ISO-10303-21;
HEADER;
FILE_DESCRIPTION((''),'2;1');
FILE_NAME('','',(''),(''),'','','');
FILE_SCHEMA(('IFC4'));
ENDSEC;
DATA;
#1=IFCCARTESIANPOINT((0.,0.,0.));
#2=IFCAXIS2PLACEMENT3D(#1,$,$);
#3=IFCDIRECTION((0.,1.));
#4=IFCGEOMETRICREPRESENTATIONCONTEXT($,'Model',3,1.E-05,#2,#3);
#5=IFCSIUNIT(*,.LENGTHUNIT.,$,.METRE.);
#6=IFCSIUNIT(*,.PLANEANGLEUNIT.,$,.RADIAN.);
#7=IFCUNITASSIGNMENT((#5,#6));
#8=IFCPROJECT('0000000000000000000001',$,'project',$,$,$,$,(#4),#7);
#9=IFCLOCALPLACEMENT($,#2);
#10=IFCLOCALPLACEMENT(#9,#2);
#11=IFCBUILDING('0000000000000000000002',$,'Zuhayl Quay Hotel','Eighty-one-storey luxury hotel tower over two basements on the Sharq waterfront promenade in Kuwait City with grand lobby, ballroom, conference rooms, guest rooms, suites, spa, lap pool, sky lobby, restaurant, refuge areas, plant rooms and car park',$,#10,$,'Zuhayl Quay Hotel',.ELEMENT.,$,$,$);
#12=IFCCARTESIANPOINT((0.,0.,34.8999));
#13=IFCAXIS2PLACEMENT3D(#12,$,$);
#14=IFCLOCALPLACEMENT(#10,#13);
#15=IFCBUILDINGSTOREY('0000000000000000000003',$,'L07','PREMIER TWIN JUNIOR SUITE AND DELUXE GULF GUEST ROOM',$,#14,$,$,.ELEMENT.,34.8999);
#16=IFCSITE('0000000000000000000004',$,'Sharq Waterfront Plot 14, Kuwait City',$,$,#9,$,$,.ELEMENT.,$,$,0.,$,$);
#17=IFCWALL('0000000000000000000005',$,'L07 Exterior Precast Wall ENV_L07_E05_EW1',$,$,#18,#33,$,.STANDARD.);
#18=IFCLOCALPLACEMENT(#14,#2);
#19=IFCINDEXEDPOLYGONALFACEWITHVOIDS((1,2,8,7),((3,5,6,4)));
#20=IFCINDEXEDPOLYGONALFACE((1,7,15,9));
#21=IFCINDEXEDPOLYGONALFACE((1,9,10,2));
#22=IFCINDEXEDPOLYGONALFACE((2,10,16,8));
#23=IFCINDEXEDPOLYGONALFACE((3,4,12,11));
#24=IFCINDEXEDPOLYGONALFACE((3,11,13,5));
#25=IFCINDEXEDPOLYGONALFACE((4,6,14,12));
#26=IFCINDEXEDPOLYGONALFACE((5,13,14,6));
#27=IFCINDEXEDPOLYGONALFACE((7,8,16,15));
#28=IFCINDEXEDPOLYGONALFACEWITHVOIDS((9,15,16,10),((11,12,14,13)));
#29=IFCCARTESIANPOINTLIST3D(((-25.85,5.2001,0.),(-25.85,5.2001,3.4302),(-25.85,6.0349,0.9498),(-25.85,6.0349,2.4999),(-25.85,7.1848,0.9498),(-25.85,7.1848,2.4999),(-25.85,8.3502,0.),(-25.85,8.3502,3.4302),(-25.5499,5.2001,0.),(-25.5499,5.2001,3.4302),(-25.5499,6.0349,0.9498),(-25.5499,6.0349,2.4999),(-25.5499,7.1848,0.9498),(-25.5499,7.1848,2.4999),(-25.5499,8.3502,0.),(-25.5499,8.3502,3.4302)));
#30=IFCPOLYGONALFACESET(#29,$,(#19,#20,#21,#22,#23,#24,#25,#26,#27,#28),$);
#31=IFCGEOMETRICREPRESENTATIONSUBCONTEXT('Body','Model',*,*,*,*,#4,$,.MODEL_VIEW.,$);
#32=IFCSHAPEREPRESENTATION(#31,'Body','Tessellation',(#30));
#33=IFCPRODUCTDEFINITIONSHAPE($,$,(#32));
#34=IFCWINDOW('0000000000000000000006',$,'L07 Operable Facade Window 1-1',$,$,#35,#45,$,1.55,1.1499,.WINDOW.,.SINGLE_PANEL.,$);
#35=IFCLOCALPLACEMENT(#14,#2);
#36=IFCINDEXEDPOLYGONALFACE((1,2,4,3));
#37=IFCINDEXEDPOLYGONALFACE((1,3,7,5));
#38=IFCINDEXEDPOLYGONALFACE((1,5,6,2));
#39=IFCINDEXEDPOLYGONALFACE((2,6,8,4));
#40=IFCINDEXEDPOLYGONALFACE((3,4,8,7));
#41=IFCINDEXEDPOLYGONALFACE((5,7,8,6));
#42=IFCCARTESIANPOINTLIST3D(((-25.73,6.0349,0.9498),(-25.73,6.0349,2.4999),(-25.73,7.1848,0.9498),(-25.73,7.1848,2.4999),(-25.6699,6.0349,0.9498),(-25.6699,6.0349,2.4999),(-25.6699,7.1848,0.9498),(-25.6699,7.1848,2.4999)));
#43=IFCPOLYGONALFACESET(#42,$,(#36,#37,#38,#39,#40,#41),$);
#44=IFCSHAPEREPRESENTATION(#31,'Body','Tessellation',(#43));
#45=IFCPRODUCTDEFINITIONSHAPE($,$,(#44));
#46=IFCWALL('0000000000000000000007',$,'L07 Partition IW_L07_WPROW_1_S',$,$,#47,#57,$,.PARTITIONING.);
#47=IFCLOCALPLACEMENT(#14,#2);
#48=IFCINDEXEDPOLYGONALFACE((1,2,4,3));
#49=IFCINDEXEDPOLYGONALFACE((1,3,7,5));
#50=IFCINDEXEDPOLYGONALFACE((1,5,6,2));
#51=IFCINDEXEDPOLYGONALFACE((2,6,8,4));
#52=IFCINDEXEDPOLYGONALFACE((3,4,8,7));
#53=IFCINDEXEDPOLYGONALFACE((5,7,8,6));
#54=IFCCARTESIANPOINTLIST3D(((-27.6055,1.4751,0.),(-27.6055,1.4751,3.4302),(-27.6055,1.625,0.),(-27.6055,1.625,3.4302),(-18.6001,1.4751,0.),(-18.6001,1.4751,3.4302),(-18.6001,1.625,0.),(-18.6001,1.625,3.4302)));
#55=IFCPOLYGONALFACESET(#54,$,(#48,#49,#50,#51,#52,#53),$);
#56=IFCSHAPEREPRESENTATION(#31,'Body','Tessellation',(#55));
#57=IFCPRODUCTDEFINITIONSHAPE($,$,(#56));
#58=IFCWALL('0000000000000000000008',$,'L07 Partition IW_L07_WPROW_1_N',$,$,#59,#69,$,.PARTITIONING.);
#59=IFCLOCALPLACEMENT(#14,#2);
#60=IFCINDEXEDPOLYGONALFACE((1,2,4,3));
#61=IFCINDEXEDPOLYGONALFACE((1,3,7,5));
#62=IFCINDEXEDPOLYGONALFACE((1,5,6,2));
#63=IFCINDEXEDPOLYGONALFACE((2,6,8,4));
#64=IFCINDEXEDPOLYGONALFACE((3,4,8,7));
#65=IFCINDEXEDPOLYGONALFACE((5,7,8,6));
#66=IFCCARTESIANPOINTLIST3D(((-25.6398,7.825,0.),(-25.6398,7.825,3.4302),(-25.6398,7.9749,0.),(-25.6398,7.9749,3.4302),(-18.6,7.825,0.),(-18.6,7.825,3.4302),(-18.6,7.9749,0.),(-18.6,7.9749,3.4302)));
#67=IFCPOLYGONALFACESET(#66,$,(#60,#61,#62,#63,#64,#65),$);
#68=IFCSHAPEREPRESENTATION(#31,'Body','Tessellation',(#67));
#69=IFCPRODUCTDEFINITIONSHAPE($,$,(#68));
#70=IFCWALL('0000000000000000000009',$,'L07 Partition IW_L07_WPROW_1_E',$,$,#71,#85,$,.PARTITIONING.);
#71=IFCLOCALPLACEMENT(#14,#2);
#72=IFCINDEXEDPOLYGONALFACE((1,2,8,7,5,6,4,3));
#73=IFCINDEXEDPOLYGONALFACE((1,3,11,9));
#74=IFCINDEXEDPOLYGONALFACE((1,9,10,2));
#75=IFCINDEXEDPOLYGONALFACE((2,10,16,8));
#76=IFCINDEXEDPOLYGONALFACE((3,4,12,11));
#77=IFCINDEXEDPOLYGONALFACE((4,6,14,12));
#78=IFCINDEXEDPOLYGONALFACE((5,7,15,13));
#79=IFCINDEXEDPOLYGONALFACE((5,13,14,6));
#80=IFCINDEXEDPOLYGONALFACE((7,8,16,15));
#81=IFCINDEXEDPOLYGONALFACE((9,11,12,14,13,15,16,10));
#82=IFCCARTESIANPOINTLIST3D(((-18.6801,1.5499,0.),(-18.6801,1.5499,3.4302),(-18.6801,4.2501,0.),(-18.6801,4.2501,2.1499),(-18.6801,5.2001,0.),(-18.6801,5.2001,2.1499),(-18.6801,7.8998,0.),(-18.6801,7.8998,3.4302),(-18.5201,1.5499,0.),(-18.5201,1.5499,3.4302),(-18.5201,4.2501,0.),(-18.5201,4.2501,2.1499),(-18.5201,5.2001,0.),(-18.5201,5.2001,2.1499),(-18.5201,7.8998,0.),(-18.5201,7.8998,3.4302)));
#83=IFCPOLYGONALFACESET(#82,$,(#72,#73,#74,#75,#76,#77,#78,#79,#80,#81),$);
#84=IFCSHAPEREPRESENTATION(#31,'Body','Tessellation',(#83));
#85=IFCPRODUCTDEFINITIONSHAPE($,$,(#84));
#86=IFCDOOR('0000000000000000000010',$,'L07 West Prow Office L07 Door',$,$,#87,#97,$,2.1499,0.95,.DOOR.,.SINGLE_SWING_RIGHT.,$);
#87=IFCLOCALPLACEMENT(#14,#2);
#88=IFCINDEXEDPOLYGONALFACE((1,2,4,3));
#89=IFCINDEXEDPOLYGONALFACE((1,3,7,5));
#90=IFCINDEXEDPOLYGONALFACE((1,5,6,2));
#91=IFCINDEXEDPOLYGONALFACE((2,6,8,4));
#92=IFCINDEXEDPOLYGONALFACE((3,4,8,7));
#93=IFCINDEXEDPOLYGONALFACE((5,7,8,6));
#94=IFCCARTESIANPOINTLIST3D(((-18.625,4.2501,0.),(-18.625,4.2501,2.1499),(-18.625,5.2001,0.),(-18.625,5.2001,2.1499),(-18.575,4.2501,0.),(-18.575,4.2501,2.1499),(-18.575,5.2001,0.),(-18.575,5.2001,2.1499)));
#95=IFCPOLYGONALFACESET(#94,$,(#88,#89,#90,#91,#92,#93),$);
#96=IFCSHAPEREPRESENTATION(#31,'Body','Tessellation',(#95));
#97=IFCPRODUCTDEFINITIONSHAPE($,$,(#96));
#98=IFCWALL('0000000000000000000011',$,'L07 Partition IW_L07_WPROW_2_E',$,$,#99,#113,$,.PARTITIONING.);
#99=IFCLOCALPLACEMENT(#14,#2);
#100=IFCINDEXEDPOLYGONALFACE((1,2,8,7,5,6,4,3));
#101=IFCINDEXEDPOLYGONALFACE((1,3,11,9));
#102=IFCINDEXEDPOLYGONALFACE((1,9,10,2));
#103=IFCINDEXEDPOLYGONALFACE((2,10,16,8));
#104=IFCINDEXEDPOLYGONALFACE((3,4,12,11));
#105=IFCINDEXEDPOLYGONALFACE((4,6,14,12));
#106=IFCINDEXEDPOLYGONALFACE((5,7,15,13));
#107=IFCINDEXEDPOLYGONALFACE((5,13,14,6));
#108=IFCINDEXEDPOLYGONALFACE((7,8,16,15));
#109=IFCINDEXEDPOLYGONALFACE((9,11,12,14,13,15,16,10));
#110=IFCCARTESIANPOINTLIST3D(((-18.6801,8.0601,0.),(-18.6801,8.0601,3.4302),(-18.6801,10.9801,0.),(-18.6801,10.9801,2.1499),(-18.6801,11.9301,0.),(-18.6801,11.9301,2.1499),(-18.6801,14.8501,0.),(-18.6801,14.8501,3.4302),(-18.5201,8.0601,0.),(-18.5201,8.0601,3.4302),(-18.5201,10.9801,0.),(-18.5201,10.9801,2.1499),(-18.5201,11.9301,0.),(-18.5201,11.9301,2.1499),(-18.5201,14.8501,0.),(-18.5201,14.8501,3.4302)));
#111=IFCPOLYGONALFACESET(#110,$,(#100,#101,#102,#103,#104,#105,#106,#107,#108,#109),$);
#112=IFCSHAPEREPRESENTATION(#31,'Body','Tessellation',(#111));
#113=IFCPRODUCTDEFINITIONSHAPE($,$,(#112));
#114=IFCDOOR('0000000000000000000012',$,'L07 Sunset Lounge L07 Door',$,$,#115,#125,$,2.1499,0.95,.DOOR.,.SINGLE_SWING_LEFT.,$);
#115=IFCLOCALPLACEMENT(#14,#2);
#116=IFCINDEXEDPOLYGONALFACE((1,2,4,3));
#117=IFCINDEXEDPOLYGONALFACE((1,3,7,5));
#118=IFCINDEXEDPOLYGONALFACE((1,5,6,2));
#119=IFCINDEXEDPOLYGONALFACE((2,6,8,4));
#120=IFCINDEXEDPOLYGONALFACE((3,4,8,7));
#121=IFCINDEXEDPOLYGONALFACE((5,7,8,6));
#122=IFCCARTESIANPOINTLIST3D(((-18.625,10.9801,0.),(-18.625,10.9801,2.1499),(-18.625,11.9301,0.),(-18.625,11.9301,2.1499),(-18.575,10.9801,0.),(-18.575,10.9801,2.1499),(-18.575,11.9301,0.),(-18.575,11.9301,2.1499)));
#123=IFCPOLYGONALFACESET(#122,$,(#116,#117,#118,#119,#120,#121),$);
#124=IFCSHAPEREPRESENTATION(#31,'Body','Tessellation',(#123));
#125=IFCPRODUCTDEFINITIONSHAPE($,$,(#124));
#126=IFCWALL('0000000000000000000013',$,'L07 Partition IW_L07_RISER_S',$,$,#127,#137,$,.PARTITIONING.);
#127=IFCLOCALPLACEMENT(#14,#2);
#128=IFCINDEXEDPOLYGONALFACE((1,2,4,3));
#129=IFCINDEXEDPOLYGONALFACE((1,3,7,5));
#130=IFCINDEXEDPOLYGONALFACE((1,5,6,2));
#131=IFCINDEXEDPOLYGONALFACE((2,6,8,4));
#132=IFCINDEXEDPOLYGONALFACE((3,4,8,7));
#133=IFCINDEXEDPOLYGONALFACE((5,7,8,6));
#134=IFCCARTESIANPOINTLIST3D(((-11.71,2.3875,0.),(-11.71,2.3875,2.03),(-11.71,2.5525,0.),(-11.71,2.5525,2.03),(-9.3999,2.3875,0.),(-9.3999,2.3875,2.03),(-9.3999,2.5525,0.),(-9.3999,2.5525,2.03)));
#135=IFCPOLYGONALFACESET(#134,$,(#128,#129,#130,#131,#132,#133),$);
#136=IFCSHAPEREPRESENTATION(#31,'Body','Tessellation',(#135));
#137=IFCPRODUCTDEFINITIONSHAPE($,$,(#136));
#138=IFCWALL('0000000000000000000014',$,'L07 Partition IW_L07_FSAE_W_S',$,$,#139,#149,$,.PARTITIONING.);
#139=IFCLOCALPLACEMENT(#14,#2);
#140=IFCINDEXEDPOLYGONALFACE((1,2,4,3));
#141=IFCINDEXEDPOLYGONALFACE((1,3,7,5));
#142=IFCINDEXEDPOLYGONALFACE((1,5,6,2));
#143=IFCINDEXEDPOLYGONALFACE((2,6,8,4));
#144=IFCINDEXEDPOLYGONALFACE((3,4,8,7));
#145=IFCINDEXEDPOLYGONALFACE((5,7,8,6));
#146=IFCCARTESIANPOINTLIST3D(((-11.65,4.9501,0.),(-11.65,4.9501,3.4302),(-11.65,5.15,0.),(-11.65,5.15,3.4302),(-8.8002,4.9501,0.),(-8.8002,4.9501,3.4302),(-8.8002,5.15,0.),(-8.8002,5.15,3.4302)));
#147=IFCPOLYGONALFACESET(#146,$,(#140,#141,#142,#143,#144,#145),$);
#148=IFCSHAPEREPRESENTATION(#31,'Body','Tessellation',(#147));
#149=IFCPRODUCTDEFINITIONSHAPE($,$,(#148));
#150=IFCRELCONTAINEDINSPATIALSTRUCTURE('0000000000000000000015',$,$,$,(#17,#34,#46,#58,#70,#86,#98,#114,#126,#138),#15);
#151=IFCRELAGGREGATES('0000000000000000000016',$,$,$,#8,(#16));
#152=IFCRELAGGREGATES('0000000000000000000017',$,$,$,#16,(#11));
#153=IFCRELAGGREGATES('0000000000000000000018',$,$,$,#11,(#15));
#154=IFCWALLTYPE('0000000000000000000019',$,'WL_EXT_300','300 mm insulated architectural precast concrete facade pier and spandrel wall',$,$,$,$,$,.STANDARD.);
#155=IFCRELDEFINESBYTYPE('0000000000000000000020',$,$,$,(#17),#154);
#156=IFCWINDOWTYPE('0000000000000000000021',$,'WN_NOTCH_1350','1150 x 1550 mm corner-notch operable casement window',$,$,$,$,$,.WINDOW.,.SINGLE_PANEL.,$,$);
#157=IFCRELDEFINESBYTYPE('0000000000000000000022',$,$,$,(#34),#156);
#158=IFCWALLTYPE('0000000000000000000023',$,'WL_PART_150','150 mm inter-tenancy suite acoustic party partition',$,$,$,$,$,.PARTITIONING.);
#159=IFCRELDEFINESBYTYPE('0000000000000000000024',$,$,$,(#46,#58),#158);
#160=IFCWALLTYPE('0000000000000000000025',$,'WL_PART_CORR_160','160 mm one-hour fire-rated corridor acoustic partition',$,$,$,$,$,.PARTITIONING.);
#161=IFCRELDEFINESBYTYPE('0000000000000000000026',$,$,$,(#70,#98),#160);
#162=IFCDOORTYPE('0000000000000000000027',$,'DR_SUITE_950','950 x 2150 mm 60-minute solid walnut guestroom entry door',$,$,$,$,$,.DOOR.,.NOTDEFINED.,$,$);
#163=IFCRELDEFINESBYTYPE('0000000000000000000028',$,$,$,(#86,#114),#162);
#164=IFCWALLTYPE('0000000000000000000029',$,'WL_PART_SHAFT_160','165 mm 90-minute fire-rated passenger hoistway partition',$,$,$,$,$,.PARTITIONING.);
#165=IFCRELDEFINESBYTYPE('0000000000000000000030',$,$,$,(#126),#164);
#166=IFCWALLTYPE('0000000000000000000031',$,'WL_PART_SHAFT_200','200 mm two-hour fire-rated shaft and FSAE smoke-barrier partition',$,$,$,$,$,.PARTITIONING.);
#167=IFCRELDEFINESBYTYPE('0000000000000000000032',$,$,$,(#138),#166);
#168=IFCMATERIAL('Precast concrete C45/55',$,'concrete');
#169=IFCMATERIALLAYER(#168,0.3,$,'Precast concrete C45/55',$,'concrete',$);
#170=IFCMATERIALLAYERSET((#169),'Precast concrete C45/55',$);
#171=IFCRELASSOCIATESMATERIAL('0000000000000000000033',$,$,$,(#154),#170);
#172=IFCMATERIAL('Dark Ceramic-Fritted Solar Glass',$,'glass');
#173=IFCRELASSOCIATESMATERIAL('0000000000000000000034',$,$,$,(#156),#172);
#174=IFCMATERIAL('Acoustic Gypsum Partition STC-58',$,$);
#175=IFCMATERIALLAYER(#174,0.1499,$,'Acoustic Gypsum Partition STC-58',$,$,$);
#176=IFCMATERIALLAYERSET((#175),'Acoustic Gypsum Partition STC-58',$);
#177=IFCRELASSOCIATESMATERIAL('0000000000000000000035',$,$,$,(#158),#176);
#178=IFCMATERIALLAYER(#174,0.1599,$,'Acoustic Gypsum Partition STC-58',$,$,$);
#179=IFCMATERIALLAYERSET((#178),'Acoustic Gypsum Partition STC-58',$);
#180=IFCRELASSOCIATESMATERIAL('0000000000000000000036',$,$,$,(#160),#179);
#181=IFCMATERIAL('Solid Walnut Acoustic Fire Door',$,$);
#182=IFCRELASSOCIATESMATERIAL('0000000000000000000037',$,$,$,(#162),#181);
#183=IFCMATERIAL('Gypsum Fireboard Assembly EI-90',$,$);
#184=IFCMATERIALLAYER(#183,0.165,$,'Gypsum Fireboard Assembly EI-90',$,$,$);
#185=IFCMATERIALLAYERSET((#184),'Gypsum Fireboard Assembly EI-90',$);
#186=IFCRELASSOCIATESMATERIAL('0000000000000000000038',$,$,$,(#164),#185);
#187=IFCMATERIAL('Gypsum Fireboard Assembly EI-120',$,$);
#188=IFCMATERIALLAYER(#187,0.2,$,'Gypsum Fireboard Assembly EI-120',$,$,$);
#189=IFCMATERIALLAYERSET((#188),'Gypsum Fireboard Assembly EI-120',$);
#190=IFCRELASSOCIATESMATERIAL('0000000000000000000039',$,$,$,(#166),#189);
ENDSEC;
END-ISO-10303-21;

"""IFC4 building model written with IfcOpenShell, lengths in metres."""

from ifc_helpers import new_model, si_unit, direction, frame, frame_2d, origin, place, context, subcontext, project, spatial, rectangle, extrude, material, layer, layer_set, type_object, element, fill, save


model = new_model("IFC4")

# Units and contexts
model_context = context("Model", 3, precision=1e-05, world=origin(), true_north=direction((0.0, 1.0)))
body_context = subcontext(model_context, "Body", "Model", "MODEL_VIEW")
ifc_project = project(units=[si_unit("LENGTHUNIT", "METRE"), si_unit("PLANEANGLEUNIT", "RADIAN")], contexts=[model_context])

# Site, building, storey
site_placement = place(None, origin())
site = spatial("IfcSite", under=ifc_project, at=site_placement, Name="Sharq Waterfront Plot 14, Kuwait City", CompositionType="ELEMENT", RefElevation=0.0)
building_placement = place(site_placement, origin())
building = spatial("IfcBuilding", under=site, at=building_placement, Name="Zuhayl Quay Hotel", Description="Eighty-one-storey luxury hotel tower over two basements on the Sharq waterfront promenade in Kuwait City with grand lobby, ballroom, conference rooms, guest rooms, suites, spa, lap pool, sky lobby, restaurant, refuge areas, plant rooms and car park", LongName="Zuhayl Quay Hotel", CompositionType="ELEMENT")
storey_placement = place(building_placement, frame((0.0, 0.0, 34.8999)))
storey = spatial("IfcBuildingStorey", under=building, at=storey_placement, Name="L07", Description="PREMIER TWIN JUNIOR SUITE AND DELUXE GULF GUEST ROOM", CompositionType="ELEMENT", Elevation=34.8999)

# Wall, opening, window
ifc_material_1 = material(Name="Precast concrete C45/55", Category="concrete")
ifc_layer_1 = layer(ifc_material_1, 0.3, Name="Precast concrete C45/55", Category="concrete")
ifc_layer_set_1 = layer_set([ifc_layer_1], Name="Precast concrete C45/55")
wall_type_1 = type_object("IfcWallType", Name="WL_EXT_300", Description="300 mm insulated architectural precast concrete facade pier and spandrel wall", PredefinedType="STANDARD", material=ifc_layer_set_1)
wall_1_placement = place(storey_placement, frame((-25.7, 5.2, 0.0), z_axis=(0.0, 0.0, 1.0), x_axis=(0.0, 1.0, 0.0)))
wall_1 = element("IfcWall", 1, at=wall_1_placement, inside=storey, type_object=wall_type_1, Name="L07 Exterior Precast Wall ENV_L07_E05_EW1", PredefinedType="STANDARD", context=body_context, shape_type="SweptSolid", body=[
    extrude(rectangle(XDim=3.1501, YDim=0.3, at=frame_2d((1.5752, 0.0))), origin(), (0.0, 0.0, 1.0), 3.4302),
])
opening_1_placement = place(wall_1_placement, frame((0.835, 0.0, 0.95)))
opening_1 = element("IfcOpeningElement", 2, at=opening_1_placement, cuts=wall_1, PredefinedType="OPENING", context=body_context, shape_type="SweptSolid", body=[
    extrude(rectangle(XDim=1.1499, YDim=1.55, at=frame_2d((0.575, 0.7749))), frame((0.0, 0.1599, 0.0), z_axis=(0.0, -1.0, 0.0), x_axis=(1.0, 0.0, 0.0)), (0.0, 0.0, 1.0), 0.3201),
])
ifc_material_2 = material(Name="Dark Ceramic-Fritted Solar Glass", Category="glass")
window_type = type_object("IfcWindowType", Name="WN_NOTCH_1350", Description="1150 x 1550 mm corner-notch operable casement window", PartitioningType="SINGLE_PANEL", PredefinedType="WINDOW", material=ifc_material_2)
window_placement = place(opening_1_placement, origin())
window = element("IfcWindow", 3, at=window_placement, inside=storey, type_object=window_type, Name="L07 Operable Facade Window 1-1", OverallHeight=1.55, OverallWidth=1.1499, PartitioningType="SINGLE_PANEL", PredefinedType="WINDOW", context=body_context, shape_type="SweptSolid", body=[
    extrude(rectangle(XDim=1.1499, YDim=1.55, at=frame_2d((0.575, 0.7749))), frame((0.0, 0.03, 0.0), z_axis=(0.0, -1.0, 0.0), x_axis=(1.0, 0.0, 0.0)), (0.0, 0.0, 1.0), 0.0601),
])
fill(opening_1, window)

# Walls
ifc_material_3 = material(Name="Acoustic Gypsum Partition STC-58")
ifc_layer_2 = layer(ifc_material_3, 0.1499, Name="Acoustic Gypsum Partition STC-58")
ifc_layer_set_2 = layer_set([ifc_layer_2], Name="Acoustic Gypsum Partition STC-58")
wall_type_2 = type_object("IfcWallType", Name="WL_PART_150", Description="150 mm inter-tenancy suite acoustic party partition", PredefinedType="PARTITIONING", material=ifc_layer_set_2)
wall_2_placement = place(storey_placement, frame((-27.6055, 1.55, 0.0), z_axis=(0.0, 0.0, 1.0), x_axis=(1.0, 0.0, 0.0)))
element("IfcWall", 4, at=wall_2_placement, inside=storey, type_object=wall_type_2, Name="L07 Partition IW_L07_WPROW_1_S", PredefinedType="PARTITIONING", context=body_context, shape_type="SweptSolid", body=[
    extrude(rectangle(XDim=9.0054, YDim=0.1499, at=frame_2d((4.5027, 0.0))), origin(), (0.0, 0.0, 1.0), 3.4302),
])
wall_3_placement = place(storey_placement, frame((-25.6399, 7.8999, 0.0), z_axis=(0.0, 0.0, 1.0), x_axis=(1.0, 0.0, 0.0)))
element("IfcWall", 5, at=wall_3_placement, inside=storey, type_object=wall_type_2, Name="L07 Partition IW_L07_WPROW_1_N", PredefinedType="PARTITIONING", context=body_context, shape_type="SweptSolid", body=[
    extrude(rectangle(XDim=7.0398, YDim=0.1499, at=frame_2d((3.52, 0.0))), origin(), (0.0, 0.0, 1.0), 3.4302),
])

# Walls, openings, doors
ifc_layer_3 = layer(ifc_material_3, 0.1599, Name="Acoustic Gypsum Partition STC-58")
ifc_layer_set_3 = layer_set([ifc_layer_3], Name="Acoustic Gypsum Partition STC-58")
wall_type_3 = type_object("IfcWallType", Name="WL_PART_CORR_160", Description="160 mm one-hour fire-rated corridor acoustic partition", PredefinedType="PARTITIONING", material=ifc_layer_set_3)
wall_4_placement = place(storey_placement, frame((-18.6001, 1.55, 0.0), z_axis=(0.0, 0.0, 1.0), x_axis=(0.0, 1.0, 0.0)))
wall_4 = element("IfcWall", 6, at=wall_4_placement, inside=storey, type_object=wall_type_3, Name="L07 Partition IW_L07_WPROW_1_E", PredefinedType="PARTITIONING", context=body_context, shape_type="SweptSolid", body=[
    extrude(rectangle(XDim=6.3499, YDim=0.1599, at=frame_2d((3.1748, 0.0))), origin(), (0.0, 0.0, 1.0), 3.4302),
])
opening_2_placement = place(wall_4_placement, frame((2.7, 0.0, 0.0)))
opening_2 = element("IfcOpeningElement", 7, at=opening_2_placement, cuts=wall_4, PredefinedType="OPENING", context=body_context, shape_type="SweptSolid", body=[
    extrude(rectangle(XDim=0.95, YDim=2.1499, at=frame_2d((0.4751, 1.075))), frame((0.0, 0.0898, 0.0), z_axis=(0.0, -1.0, 0.0), x_axis=(1.0, 0.0, 0.0)), (0.0, 0.0, 1.0), 0.1799),
])
ifc_material_4 = material(Name="Solid Walnut Acoustic Fire Door")
door_type_1 = type_object("IfcDoorType", Name="DR_SUITE_950", Description="950 x 2150 mm 60-minute solid walnut guestroom entry door", OperationType="NOTDEFINED", PredefinedType="DOOR", material=ifc_material_4)
door_1_placement = place(opening_2_placement, origin())
door_1 = element("IfcDoor", 8, at=door_1_placement, inside=storey, type_object=door_type_1, Name="L07 West Prow Office L07 Door", OperationType="SINGLE_SWING_RIGHT", OverallHeight=2.1499, OverallWidth=0.95, PredefinedType="DOOR", context=body_context, shape_type="SweptSolid", body=[
    extrude(rectangle(XDim=0.95, YDim=2.1499, at=frame_2d((0.4751, 1.075))), frame((0.0, 0.0249, 0.0), z_axis=(0.0, -1.0, 0.0), x_axis=(1.0, 0.0, 0.0)), (0.0, 0.0, 1.0), 0.05),
])
fill(opening_2, door_1)
wall_5_placement = place(storey_placement, frame((-18.6001, 8.0601, 0.0), z_axis=(0.0, 0.0, 1.0), x_axis=(0.0, 1.0, 0.0)))
wall_5 = element("IfcWall", 9, at=wall_5_placement, inside=storey, type_object=wall_type_3, Name="L07 Partition IW_L07_WPROW_2_E", PredefinedType="PARTITIONING", context=body_context, shape_type="SweptSolid", body=[
    extrude(rectangle(XDim=6.79, YDim=0.1599, at=frame_2d((3.395, 0.0))), origin(), (0.0, 0.0, 1.0), 3.4302),
])
opening_3_placement = place(wall_5_placement, frame((2.9199, 0.0, 0.0)))
opening_3 = element("IfcOpeningElement", 10, at=opening_3_placement, cuts=wall_5, PredefinedType="OPENING", context=body_context, shape_type="SweptSolid", body=[
    extrude(rectangle(XDim=0.95, YDim=2.1499, at=frame_2d((0.4751, 1.075))), frame((0.0, 0.0898, 0.0), z_axis=(0.0, -1.0, 0.0), x_axis=(1.0, 0.0, 0.0)), (0.0, 0.0, 1.0), 0.1799),
])
door_2_placement = place(opening_3_placement, origin())
door_2 = element("IfcDoor", 11, at=door_2_placement, inside=storey, type_object=door_type_1, Name="L07 Sunset Lounge L07 Door", OperationType="SINGLE_SWING_LEFT", OverallHeight=2.1499, OverallWidth=0.95, PredefinedType="DOOR", context=body_context, shape_type="SweptSolid", body=[
    extrude(rectangle(XDim=0.95, YDim=2.1499, at=frame_2d((0.4751, 1.075))), frame((0.0, 0.0249, 0.0), z_axis=(0.0, -1.0, 0.0), x_axis=(1.0, 0.0, 0.0)), (0.0, 0.0, 1.0), 0.05),
])
fill(opening_3, door_2)

# Walls
ifc_material_5 = material(Name="Gypsum Fireboard Assembly EI-90")
ifc_layer_4 = layer(ifc_material_5, 0.165, Name="Gypsum Fireboard Assembly EI-90")
ifc_layer_set_4 = layer_set([ifc_layer_4], Name="Gypsum Fireboard Assembly EI-90")
wall_type_4 = type_object("IfcWallType", Name="WL_PART_SHAFT_160", Description="165 mm 90-minute fire-rated passenger hoistway partition", PredefinedType="PARTITIONING", material=ifc_layer_set_4)
wall_6_placement = place(storey_placement, frame((-11.71, 2.47, 0.0), z_axis=(0.0, 0.0, 1.0), x_axis=(1.0, 0.0, 0.0)))
element("IfcWall", 12, at=wall_6_placement, inside=storey, type_object=wall_type_4, Name="L07 Partition IW_L07_RISER_S", PredefinedType="PARTITIONING", context=body_context, shape_type="SweptSolid", body=[
    extrude(rectangle(XDim=2.3101, YDim=0.165, at=frame_2d((1.155, 0.0))), origin(), (0.0, 0.0, 1.0), 2.03),
])
ifc_material_6 = material(Name="Gypsum Fireboard Assembly EI-120")
ifc_layer_5 = layer(ifc_material_6, 0.2, Name="Gypsum Fireboard Assembly EI-120")
ifc_layer_set_5 = layer_set([ifc_layer_5], Name="Gypsum Fireboard Assembly EI-120")
wall_type_5 = type_object("IfcWallType", Name="WL_PART_SHAFT_200", Description="200 mm two-hour fire-rated shaft and FSAE smoke-barrier partition", PredefinedType="PARTITIONING", material=ifc_layer_set_5)
wall_7_placement = place(storey_placement, frame((-11.6499, 5.05, 0.0), z_axis=(0.0, 0.0, 1.0), x_axis=(1.0, 0.0, 0.0)))
element("IfcWall", 13, at=wall_7_placement, inside=storey, type_object=wall_type_5, Name="L07 Partition IW_L07_FSAE_W_S", PredefinedType="PARTITIONING", context=body_context, shape_type="SweptSolid", body=[
    extrude(rectangle(XDim=2.8499, YDim=0.2, at=frame_2d((1.4248, 0.0))), origin(), (0.0, 0.0, 1.0), 3.4302),
])

save(model, "model.ifc")
